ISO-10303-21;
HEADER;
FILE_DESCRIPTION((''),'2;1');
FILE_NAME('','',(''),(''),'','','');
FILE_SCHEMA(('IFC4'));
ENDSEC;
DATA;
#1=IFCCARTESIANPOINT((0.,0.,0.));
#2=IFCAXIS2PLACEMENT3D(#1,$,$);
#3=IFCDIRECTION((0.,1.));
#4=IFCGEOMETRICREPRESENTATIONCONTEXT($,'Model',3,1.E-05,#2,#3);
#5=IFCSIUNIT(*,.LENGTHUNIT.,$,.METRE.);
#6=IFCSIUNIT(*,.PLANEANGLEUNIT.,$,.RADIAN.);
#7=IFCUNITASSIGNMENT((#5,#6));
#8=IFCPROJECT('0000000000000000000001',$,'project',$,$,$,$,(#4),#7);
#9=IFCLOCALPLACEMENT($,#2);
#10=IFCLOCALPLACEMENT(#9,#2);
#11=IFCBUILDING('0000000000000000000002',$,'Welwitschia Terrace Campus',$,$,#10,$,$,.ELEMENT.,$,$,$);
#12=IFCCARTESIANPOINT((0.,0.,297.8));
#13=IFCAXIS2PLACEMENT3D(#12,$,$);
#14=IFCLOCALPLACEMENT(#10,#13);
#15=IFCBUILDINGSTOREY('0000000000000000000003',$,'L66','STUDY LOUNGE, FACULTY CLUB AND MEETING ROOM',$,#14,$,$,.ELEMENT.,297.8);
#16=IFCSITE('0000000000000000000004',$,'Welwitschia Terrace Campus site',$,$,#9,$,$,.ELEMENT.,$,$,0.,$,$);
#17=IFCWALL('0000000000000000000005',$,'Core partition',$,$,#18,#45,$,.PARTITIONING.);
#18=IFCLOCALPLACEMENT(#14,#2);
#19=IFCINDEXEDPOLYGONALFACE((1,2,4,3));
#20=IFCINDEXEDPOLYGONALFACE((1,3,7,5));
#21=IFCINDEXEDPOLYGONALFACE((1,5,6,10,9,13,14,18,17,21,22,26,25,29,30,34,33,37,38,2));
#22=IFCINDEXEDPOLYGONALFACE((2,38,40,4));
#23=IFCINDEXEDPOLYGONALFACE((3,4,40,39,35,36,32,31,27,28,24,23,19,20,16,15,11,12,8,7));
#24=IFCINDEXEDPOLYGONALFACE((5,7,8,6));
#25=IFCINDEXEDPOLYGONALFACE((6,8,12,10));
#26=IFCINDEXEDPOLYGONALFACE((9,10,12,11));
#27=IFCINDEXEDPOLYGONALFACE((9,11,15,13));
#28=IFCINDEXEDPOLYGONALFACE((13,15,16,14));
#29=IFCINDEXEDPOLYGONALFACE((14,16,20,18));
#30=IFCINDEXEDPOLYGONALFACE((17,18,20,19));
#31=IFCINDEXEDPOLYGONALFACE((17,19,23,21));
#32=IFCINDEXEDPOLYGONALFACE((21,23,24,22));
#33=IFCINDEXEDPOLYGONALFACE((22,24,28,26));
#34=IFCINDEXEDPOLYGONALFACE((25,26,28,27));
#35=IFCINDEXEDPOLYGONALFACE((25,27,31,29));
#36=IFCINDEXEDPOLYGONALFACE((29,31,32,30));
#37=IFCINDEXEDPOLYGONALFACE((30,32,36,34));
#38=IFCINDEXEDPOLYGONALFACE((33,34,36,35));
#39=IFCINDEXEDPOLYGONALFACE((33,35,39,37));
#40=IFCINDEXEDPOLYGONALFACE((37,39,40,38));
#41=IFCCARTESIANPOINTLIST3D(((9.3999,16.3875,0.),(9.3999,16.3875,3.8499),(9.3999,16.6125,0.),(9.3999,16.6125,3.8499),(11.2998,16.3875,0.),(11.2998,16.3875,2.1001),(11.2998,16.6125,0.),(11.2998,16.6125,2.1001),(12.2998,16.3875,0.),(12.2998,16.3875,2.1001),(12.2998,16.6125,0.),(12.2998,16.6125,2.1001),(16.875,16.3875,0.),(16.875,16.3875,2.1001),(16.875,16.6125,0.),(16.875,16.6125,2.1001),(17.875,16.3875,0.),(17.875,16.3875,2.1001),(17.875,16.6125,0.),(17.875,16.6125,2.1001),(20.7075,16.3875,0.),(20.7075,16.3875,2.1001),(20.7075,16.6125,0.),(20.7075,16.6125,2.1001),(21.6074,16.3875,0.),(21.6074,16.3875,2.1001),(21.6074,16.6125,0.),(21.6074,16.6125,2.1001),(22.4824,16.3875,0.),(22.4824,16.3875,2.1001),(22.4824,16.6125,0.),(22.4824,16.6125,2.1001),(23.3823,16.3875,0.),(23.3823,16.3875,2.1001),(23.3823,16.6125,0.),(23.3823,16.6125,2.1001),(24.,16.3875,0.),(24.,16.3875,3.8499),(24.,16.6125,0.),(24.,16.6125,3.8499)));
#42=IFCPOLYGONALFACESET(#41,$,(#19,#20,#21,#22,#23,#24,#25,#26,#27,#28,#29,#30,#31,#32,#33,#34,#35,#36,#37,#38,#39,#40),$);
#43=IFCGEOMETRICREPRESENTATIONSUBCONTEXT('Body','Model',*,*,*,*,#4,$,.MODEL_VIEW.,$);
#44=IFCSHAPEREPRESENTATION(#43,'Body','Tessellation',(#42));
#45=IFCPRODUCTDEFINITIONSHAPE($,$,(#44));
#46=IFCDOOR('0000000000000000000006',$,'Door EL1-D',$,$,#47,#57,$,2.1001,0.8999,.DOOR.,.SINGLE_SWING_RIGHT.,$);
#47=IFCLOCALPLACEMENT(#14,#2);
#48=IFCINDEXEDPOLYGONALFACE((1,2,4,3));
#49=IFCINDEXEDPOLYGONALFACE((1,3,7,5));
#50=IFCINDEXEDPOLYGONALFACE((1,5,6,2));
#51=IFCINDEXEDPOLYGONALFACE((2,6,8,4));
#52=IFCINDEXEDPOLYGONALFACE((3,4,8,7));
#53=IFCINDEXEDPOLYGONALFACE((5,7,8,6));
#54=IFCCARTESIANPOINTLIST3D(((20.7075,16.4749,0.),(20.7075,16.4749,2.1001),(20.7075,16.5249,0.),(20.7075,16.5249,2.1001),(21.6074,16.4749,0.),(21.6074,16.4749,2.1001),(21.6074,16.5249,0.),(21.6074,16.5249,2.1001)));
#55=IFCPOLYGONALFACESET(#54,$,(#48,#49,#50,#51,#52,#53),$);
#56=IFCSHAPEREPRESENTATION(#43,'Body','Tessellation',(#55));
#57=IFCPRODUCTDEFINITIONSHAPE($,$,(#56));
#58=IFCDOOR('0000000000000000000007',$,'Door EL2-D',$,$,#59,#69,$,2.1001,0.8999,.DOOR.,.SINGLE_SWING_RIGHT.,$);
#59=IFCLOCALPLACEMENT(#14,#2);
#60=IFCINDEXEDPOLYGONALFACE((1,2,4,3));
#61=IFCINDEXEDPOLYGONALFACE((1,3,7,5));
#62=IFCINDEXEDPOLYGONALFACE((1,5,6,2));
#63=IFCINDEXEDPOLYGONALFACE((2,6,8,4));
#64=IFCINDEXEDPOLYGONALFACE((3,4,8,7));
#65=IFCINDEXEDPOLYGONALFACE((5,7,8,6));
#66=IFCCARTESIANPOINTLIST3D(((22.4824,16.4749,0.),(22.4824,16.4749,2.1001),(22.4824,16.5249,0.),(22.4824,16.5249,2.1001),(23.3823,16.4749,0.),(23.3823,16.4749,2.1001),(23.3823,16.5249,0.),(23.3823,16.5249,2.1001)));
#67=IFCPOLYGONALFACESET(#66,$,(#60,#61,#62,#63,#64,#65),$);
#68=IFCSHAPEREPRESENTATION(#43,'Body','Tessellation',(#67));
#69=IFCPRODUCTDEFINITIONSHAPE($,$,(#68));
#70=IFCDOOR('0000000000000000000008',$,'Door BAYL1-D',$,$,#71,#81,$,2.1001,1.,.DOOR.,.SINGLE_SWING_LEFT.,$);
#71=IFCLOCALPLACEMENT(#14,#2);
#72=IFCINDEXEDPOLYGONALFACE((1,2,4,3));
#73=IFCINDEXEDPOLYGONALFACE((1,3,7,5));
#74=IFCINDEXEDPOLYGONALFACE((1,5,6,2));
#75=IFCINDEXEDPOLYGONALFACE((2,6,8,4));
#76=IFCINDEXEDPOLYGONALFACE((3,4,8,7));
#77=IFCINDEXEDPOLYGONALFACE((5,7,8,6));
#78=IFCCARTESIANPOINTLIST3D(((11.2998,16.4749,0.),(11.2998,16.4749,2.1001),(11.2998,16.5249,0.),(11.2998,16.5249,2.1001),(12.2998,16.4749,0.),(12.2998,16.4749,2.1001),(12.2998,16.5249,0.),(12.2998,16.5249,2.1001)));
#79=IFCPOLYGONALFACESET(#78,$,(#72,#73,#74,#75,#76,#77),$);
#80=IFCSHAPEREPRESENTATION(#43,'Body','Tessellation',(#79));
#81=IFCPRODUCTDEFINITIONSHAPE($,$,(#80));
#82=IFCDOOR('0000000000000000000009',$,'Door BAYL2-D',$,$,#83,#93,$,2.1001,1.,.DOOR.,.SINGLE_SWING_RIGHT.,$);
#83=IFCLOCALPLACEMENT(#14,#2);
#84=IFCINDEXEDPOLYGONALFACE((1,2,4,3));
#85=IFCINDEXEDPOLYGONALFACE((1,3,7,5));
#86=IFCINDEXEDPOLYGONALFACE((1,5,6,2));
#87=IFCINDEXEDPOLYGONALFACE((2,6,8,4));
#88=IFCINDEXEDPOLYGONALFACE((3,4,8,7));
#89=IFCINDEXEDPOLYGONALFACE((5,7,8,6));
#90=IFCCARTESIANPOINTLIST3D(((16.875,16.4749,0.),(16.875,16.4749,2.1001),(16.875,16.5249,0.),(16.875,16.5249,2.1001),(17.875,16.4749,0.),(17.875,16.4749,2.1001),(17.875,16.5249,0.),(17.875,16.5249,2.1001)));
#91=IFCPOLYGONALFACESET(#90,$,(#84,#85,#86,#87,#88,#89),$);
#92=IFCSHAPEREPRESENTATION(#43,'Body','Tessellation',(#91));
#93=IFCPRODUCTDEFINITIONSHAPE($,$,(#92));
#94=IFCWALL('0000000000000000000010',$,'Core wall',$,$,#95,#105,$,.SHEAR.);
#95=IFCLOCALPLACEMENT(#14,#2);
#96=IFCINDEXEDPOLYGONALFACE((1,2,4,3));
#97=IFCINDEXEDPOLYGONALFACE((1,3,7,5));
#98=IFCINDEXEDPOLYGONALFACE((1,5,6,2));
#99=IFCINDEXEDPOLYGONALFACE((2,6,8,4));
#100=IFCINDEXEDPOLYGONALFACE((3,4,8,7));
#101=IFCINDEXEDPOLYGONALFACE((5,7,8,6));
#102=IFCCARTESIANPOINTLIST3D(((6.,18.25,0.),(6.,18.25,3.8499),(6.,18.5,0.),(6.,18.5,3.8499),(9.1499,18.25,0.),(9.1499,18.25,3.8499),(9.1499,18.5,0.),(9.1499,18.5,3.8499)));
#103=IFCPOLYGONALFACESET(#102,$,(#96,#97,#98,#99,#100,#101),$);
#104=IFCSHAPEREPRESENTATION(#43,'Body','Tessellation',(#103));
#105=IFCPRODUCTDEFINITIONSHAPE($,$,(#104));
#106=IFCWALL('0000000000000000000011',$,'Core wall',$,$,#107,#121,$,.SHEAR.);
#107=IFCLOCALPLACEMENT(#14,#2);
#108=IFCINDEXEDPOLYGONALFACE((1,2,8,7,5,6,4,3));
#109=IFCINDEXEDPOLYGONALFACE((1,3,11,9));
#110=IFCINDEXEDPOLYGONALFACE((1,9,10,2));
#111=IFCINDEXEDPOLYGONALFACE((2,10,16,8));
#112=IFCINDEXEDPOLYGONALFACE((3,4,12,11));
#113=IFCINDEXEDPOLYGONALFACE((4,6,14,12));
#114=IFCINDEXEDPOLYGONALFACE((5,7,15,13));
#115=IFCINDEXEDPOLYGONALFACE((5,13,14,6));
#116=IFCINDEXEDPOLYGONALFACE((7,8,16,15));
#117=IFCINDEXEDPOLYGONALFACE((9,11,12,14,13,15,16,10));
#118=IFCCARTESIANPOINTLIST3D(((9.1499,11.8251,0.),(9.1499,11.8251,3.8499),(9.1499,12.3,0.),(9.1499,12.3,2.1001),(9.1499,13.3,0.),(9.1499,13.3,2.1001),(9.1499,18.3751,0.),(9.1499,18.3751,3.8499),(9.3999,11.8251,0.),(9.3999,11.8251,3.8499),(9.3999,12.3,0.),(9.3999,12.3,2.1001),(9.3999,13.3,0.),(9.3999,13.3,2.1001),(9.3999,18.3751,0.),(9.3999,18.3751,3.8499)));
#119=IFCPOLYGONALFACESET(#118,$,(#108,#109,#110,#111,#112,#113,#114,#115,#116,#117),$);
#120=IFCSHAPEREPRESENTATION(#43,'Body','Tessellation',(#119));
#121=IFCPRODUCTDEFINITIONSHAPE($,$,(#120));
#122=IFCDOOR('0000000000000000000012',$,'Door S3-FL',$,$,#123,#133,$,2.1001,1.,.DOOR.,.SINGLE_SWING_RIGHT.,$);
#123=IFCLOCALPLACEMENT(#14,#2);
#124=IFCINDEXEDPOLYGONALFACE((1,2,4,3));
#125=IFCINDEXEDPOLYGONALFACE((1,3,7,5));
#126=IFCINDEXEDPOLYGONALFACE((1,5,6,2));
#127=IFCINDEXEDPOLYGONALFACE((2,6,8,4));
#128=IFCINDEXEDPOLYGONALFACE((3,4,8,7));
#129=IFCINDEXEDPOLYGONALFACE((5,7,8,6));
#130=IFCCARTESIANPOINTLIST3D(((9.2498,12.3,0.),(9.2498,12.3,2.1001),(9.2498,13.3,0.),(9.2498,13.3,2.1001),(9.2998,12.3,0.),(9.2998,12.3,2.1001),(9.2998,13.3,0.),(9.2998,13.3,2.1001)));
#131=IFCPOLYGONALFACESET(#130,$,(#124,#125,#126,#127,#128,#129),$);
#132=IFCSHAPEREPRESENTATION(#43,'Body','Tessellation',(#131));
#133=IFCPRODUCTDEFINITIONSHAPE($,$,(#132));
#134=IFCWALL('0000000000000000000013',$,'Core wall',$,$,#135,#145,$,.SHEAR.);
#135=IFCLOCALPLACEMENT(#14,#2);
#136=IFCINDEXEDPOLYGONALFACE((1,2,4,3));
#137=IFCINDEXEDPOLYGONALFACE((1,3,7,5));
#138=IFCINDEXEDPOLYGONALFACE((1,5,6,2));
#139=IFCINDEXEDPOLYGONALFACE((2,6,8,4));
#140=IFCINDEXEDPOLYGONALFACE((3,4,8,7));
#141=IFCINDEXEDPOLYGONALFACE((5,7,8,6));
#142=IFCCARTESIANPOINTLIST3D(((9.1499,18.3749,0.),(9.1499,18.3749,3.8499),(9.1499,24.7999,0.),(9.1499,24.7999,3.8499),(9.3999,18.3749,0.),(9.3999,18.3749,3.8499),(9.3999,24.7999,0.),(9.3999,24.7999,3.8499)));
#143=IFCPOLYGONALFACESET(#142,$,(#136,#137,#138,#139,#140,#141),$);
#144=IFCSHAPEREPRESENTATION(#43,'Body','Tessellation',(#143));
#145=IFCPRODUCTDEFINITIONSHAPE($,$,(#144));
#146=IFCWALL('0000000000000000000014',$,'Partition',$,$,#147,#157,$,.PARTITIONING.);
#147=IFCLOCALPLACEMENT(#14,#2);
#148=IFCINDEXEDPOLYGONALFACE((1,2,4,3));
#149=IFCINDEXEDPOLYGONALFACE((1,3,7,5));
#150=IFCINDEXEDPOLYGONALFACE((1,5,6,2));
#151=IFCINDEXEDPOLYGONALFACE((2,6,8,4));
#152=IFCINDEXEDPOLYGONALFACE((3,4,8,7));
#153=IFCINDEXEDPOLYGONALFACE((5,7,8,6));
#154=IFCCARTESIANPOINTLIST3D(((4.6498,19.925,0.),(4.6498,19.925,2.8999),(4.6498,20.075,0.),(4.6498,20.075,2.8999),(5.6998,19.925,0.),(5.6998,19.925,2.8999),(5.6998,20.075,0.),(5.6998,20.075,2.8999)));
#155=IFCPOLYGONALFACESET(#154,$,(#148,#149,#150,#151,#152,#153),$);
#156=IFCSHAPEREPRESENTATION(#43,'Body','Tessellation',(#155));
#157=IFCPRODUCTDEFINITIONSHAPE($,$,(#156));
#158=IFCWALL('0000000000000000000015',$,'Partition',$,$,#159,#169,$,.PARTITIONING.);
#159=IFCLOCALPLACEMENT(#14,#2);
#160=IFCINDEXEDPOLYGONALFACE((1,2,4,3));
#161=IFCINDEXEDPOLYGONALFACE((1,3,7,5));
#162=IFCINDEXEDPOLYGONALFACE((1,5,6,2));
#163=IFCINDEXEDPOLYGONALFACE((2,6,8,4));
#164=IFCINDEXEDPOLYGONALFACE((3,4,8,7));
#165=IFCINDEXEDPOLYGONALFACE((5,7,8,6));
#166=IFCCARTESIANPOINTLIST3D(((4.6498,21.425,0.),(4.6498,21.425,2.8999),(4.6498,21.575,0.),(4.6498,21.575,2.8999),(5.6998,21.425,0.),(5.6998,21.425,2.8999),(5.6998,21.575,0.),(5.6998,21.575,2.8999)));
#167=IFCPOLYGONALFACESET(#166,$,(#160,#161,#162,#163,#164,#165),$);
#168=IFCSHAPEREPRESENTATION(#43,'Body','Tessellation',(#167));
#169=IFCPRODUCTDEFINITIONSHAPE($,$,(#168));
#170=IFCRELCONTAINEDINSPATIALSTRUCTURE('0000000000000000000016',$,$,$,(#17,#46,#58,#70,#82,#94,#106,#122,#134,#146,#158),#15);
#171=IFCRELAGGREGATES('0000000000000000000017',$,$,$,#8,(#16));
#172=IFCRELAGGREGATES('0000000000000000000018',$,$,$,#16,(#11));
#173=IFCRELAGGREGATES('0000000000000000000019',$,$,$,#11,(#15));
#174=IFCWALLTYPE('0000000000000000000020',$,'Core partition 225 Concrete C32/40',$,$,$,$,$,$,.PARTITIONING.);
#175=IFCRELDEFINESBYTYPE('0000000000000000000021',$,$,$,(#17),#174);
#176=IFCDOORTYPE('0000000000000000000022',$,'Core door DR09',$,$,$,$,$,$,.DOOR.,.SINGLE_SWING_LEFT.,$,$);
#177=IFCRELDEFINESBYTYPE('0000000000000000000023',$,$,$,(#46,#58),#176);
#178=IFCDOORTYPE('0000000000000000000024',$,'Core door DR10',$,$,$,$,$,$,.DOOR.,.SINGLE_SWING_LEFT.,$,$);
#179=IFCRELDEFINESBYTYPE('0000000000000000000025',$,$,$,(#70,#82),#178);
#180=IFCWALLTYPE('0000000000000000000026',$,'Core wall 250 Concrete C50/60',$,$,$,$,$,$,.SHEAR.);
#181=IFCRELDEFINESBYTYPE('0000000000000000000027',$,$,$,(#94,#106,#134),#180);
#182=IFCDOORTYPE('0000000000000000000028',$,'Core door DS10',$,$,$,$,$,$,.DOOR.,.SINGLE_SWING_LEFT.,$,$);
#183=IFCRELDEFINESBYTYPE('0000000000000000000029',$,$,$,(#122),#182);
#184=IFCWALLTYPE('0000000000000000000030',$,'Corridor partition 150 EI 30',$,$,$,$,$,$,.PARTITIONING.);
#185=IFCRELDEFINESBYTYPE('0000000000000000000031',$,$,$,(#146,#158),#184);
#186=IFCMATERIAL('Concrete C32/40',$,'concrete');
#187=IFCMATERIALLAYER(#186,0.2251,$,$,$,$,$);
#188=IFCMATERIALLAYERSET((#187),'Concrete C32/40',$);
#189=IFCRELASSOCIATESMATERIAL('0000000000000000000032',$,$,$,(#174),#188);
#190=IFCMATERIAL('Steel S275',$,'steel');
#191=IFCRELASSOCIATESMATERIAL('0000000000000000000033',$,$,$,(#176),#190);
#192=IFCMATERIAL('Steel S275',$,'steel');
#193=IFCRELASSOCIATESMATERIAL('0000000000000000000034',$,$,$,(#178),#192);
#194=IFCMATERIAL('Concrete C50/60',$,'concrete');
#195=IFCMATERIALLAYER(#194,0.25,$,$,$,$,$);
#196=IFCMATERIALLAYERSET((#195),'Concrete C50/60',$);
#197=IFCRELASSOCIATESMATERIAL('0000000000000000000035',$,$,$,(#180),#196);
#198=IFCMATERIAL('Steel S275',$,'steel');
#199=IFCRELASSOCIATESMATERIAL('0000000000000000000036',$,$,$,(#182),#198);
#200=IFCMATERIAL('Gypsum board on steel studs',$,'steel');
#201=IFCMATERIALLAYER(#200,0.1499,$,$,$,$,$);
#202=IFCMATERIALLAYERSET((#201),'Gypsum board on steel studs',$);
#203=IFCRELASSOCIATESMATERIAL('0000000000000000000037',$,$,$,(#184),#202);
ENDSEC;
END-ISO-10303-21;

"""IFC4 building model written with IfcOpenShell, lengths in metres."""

from ifc_helpers import new_model, si_unit, direction, frame, frame_2d, origin, place, context, subcontext, project, spatial, rectangle, extrude, material, layer, layer_set, type_object, element, fill, save


model = new_model("IFC4")

# Units and contexts
model_context = context("Model", 3, precision=1e-05, world=origin(), true_north=direction((0.0, 1.0)))
body_context = subcontext(model_context, "Body", "Model", "MODEL_VIEW")
ifc_project = project(units=[si_unit("LENGTHUNIT", "METRE"), si_unit("PLANEANGLEUNIT", "RADIAN")], contexts=[model_context])

# Site, building, storey
site_placement = place(None, origin())
site = spatial("IfcSite", under=ifc_project, at=site_placement, Name="Welwitschia Terrace Campus site", CompositionType="ELEMENT", RefElevation=0.0)
building_placement = place(site_placement, origin())
building = spatial("IfcBuilding", under=site, at=building_placement, Name="Welwitschia Terrace Campus", CompositionType="ELEMENT")
storey_placement = place(building_placement, frame((0.0, 0.0, 297.8)))
storey = spatial("IfcBuildingStorey", under=building, at=storey_placement, Name="L66", Description="STUDY LOUNGE, FACULTY CLUB AND MEETING ROOM", CompositionType="ELEMENT", Elevation=297.8)

# Wall, openings, doors
ifc_material_1 = material(Name="Concrete C32/40", Category="concrete")
ifc_layer_1 = layer(ifc_material_1, 0.2251)
ifc_layer_set_1 = layer_set([ifc_layer_1], Name="Concrete C32/40")
wall_type_1 = type_object("IfcWallType", Name="Core partition 225 Concrete C32/40", PredefinedType="PARTITIONING", material=ifc_layer_set_1)
wall_1_placement = place(storey_placement, frame((9.3999, 16.5, 0.0), z_axis=(0.0, 0.0, 1.0), x_axis=(1.0, 0.0, 0.0)))
wall_1 = element("IfcWall", 1, at=wall_1_placement, inside=storey, type_object=wall_type_1, Name="Core partition", PredefinedType="PARTITIONING", context=body_context, shape_type="SweptSolid", body=[
    extrude(rectangle(XDim=14.6001, YDim=0.2251, at=frame_2d((7.3, 0.0))), origin(), (0.0, 0.0, 1.0), 3.8499),
])
opening_1_placement = place(wall_1_placement, frame((1.8999, 0.0, 0.0)))
opening_1 = element("IfcOpeningElement", 2, at=opening_1_placement, cuts=wall_1, PredefinedType="OPENING", context=body_context, shape_type="SweptSolid", body=[
    extrude(rectangle(XDim=1.0, YDim=2.1001, at=frame_2d((0.5, 1.05))), frame((0.0, 0.1226, 0.0), z_axis=(0.0, -1.0, 0.0), x_axis=(1.0, 0.0, 0.0)), (0.0, 0.0, 1.0), 0.2451),
])
opening_2_placement = place(wall_1_placement, frame((7.4751, 0.0, 0.0)))
opening_2 = element("IfcOpeningElement", 3, at=opening_2_placement, cuts=wall_1, PredefinedType="OPENING", context=body_context, shape_type="SweptSolid", body=[
    extrude(rectangle(XDim=1.0, YDim=2.1001, at=frame_2d((0.5, 1.05))), frame((0.0, 0.1226, 0.0), z_axis=(0.0, -1.0, 0.0), x_axis=(1.0, 0.0, 0.0)), (0.0, 0.0, 1.0), 0.2451),
])
opening_3_placement = place(wall_1_placement, frame((11.3076, 0.0, 0.0)))
opening_3 = element("IfcOpeningElement", 4, at=opening_3_placement, cuts=wall_1, PredefinedType="OPENING", context=body_context, shape_type="SweptSolid", body=[
    extrude(rectangle(XDim=0.8999, YDim=2.1001, at=frame_2d((0.45, 1.05))), frame((0.0, 0.1226, 0.0), z_axis=(0.0, -1.0, 0.0), x_axis=(1.0, 0.0, 0.0)), (0.0, 0.0, 1.0), 0.2451),
])
opening_4_placement = place(wall_1_placement, frame((13.0825, 0.0, 0.0)))
opening_4 = element("IfcOpeningElement", 5, at=opening_4_placement, cuts=wall_1, PredefinedType="OPENING", context=body_context, shape_type="SweptSolid", body=[
    extrude(rectangle(XDim=0.8999, YDim=2.1001, at=frame_2d((0.45, 1.05))), frame((0.0, 0.1226, 0.0), z_axis=(0.0, -1.0, 0.0), x_axis=(1.0, 0.0, 0.0)), (0.0, 0.0, 1.0), 0.2451),
])
ifc_material_2 = material(Name="Steel S275", Category="steel")
door_type_1 = type_object("IfcDoorType", Name="Core door DR09", OperationType="SINGLE_SWING_LEFT", PredefinedType="DOOR", material=ifc_material_2)
door_1_placement = place(opening_3_placement, origin())
door_1 = element("IfcDoor", 6, at=door_1_placement, inside=storey, type_object=door_type_1, Name="Door EL1-D", OperationType="SINGLE_SWING_RIGHT", OverallHeight=2.1001, OverallWidth=0.8999, PredefinedType="DOOR", context=body_context, shape_type="SweptSolid", body=[
    extrude(rectangle(XDim=0.8999, YDim=2.1001, at=frame_2d((0.45, 1.05))), frame((0.0, 0.0249, 0.0), z_axis=(0.0, -1.0, 0.0), x_axis=(1.0, 0.0, 0.0)), (0.0, 0.0, 1.0), 0.05),
])
fill(opening_3, door_1)
door_2_placement = place(opening_4_placement, origin())
door_2 = element("IfcDoor", 7, at=door_2_placement, inside=storey, type_object=door_type_1, Name="Door EL2-D", OperationType="SINGLE_SWING_RIGHT", OverallHeight=2.1001, OverallWidth=0.8999, PredefinedType="DOOR", context=body_context, shape_type="SweptSolid", body=[
    extrude(rectangle(XDim=0.8999, YDim=2.1001, at=frame_2d((0.45, 1.05))), frame((0.0, 0.0249, 0.0), z_axis=(0.0, -1.0, 0.0), x_axis=(1.0, 0.0, 0.0)), (0.0, 0.0, 1.0), 0.05),
])
fill(opening_4, door_2)
ifc_material_3 = material(Name="Steel S275", Category="steel")
door_type_2 = type_object("IfcDoorType", Name="Core door DR10", OperationType="SINGLE_SWING_LEFT", PredefinedType="DOOR", material=ifc_material_3)
door_3_placement = place(opening_1_placement, origin())
door_3 = element("IfcDoor", 8, at=door_3_placement, inside=storey, type_object=door_type_2, Name="Door BAYL1-D", OperationType="SINGLE_SWING_LEFT", OverallHeight=2.1001, OverallWidth=1.0, PredefinedType="DOOR", context=body_context, shape_type="SweptSolid", body=[
    extrude(rectangle(XDim=1.0, YDim=2.1001, at=frame_2d((0.5, 1.05))), frame((0.0, 0.0249, 0.0), z_axis=(0.0, -1.0, 0.0), x_axis=(1.0, 0.0, 0.0)), (0.0, 0.0, 1.0), 0.05),
])
fill(opening_1, door_3)
door_4_placement = place(opening_2_placement, origin())
door_4 = element("IfcDoor", 9, at=door_4_placement, inside=storey, type_object=door_type_2, Name="Door BAYL2-D", OperationType="SINGLE_SWING_RIGHT", OverallHeight=2.1001, OverallWidth=1.0, PredefinedType="DOOR", context=body_context, shape_type="SweptSolid", body=[
    extrude(rectangle(XDim=1.0, YDim=2.1001, at=frame_2d((0.5, 1.05))), frame((0.0, 0.0249, 0.0), z_axis=(0.0, -1.0, 0.0), x_axis=(1.0, 0.0, 0.0)), (0.0, 0.0, 1.0), 0.05),
])
fill(opening_2, door_4)

# Wall
ifc_material_4 = material(Name="Concrete C50/60", Category="concrete")
ifc_layer_2 = layer(ifc_material_4, 0.25)
ifc_layer_set_2 = layer_set([ifc_layer_2], Name="Concrete C50/60")
wall_type_2 = type_object("IfcWallType", Name="Core wall 250 Concrete C50/60", PredefinedType="SHEAR", material=ifc_layer_set_2)
wall_2_placement = place(storey_placement, frame((6.0, 18.375, 0.0), z_axis=(0.0, 0.0, 1.0), x_axis=(1.0, 0.0, 0.0)))
element("IfcWall", 10, at=wall_2_placement, inside=storey, type_object=wall_type_2, Name="Core wall", PredefinedType="SHEAR", context=body_context, shape_type="SweptSolid", body=[
    extrude(rectangle(XDim=3.1499, YDim=0.25, at=frame_2d((1.575, 0.0))), origin(), (0.0, 0.0, 1.0), 3.8499),
])

# Wall, opening, door
wall_3_placement = place(storey_placement, frame((9.2749, 18.375, 0.0), z_axis=(0.0, 0.0, 1.0), x_axis=(0.0, -1.0, 0.0)))
wall_3 = element("IfcWall", 11, at=wall_3_placement, inside=storey, type_object=wall_type_2, Name="Core wall", PredefinedType="SHEAR", context=body_context, shape_type="SweptSolid", body=[
    extrude(rectangle(XDim=6.55, YDim=0.25, at=frame_2d((3.2749, 0.0))), origin(), (0.0, 0.0, 1.0), 3.8499),
])
opening_5_placement = place(wall_3_placement, frame((5.075, 0.0, 0.0)))
opening_5 = element("IfcOpeningElement", 12, at=opening_5_placement, cuts=wall_3, PredefinedType="OPENING", context=body_context, shape_type="SweptSolid", body=[
    extrude(rectangle(XDim=1.0, YDim=2.1001, at=frame_2d((0.5, 1.05))), frame((0.0, 0.135, 0.0), z_axis=(0.0, -1.0, 0.0), x_axis=(1.0, 0.0, 0.0)), (0.0, 0.0, 1.0), 0.27),
])
ifc_material_5 = material(Name="Steel S275", Category="steel")
door_type_3 = type_object("IfcDoorType", Name="Core door DS10", OperationType="SINGLE_SWING_LEFT", PredefinedType="DOOR", material=ifc_material_5)
door_5_placement = place(opening_5_placement, origin())
door_5 = element("IfcDoor", 13, at=door_5_placement, inside=storey, type_object=door_type_3, Name="Door S3-FL", OperationType="SINGLE_SWING_RIGHT", OverallHeight=2.1001, OverallWidth=1.0, PredefinedType="DOOR", context=body_context, shape_type="SweptSolid", body=[
    extrude(rectangle(XDim=1.0, YDim=2.1001, at=frame_2d((0.5, 1.05))), frame((0.0, 0.0249, 0.0), z_axis=(0.0, -1.0, 0.0), x_axis=(1.0, 0.0, 0.0)), (0.0, 0.0, 1.0), 0.05),
])
fill(opening_5, door_5)

# Walls
wall_4_placement = place(storey_placement, frame((9.2749, 18.375, 0.0), z_axis=(0.0, 0.0, 1.0), x_axis=(0.0, 1.0, 0.0)))
element("IfcWall", 14, at=wall_4_placement, inside=storey, type_object=wall_type_2, Name="Core wall", PredefinedType="SHEAR", context=body_context, shape_type="SweptSolid", body=[
    extrude(rectangle(XDim=6.425, YDim=0.25, at=frame_2d((3.2124, 0.0))), origin(), (0.0, 0.0, 1.0), 3.8499),
])
ifc_material_6 = material(Name="Gypsum board on steel studs", Category="steel")
ifc_layer_3 = layer(ifc_material_6, 0.1499)
ifc_layer_set_3 = layer_set([ifc_layer_3], Name="Gypsum board on steel studs")
wall_type_3 = type_object("IfcWallType", Name="Corridor partition 150 EI 30", PredefinedType="PARTITIONING", material=ifc_layer_set_3)
for number, where, z_axis, x_axis, name in (
    (15, (4.6499, 20.0, 0.0), (0.0, 0.0, 1.0), (1.0, 0.0, 0.0), "Partition"),
    (16, (4.6499, 21.5, 0.0), (0.0, 0.0, 1.0), (1.0, 0.0, 0.0), "Partition"),
):
    element("IfcWall", number, at=place(storey_placement, frame(where, z_axis=z_axis, x_axis=x_axis)), inside=storey, type_object=wall_type_3, Name=name, PredefinedType="PARTITIONING", context=body_context, shape_type="SweptSolid", body=[
        extrude(rectangle(XDim=1.05, YDim=0.1499, at=frame_2d((0.5249, 0.0))), origin(), (0.0, 0.0, 1.0), 2.8999),
    ])

save(model, "model.ifc")
